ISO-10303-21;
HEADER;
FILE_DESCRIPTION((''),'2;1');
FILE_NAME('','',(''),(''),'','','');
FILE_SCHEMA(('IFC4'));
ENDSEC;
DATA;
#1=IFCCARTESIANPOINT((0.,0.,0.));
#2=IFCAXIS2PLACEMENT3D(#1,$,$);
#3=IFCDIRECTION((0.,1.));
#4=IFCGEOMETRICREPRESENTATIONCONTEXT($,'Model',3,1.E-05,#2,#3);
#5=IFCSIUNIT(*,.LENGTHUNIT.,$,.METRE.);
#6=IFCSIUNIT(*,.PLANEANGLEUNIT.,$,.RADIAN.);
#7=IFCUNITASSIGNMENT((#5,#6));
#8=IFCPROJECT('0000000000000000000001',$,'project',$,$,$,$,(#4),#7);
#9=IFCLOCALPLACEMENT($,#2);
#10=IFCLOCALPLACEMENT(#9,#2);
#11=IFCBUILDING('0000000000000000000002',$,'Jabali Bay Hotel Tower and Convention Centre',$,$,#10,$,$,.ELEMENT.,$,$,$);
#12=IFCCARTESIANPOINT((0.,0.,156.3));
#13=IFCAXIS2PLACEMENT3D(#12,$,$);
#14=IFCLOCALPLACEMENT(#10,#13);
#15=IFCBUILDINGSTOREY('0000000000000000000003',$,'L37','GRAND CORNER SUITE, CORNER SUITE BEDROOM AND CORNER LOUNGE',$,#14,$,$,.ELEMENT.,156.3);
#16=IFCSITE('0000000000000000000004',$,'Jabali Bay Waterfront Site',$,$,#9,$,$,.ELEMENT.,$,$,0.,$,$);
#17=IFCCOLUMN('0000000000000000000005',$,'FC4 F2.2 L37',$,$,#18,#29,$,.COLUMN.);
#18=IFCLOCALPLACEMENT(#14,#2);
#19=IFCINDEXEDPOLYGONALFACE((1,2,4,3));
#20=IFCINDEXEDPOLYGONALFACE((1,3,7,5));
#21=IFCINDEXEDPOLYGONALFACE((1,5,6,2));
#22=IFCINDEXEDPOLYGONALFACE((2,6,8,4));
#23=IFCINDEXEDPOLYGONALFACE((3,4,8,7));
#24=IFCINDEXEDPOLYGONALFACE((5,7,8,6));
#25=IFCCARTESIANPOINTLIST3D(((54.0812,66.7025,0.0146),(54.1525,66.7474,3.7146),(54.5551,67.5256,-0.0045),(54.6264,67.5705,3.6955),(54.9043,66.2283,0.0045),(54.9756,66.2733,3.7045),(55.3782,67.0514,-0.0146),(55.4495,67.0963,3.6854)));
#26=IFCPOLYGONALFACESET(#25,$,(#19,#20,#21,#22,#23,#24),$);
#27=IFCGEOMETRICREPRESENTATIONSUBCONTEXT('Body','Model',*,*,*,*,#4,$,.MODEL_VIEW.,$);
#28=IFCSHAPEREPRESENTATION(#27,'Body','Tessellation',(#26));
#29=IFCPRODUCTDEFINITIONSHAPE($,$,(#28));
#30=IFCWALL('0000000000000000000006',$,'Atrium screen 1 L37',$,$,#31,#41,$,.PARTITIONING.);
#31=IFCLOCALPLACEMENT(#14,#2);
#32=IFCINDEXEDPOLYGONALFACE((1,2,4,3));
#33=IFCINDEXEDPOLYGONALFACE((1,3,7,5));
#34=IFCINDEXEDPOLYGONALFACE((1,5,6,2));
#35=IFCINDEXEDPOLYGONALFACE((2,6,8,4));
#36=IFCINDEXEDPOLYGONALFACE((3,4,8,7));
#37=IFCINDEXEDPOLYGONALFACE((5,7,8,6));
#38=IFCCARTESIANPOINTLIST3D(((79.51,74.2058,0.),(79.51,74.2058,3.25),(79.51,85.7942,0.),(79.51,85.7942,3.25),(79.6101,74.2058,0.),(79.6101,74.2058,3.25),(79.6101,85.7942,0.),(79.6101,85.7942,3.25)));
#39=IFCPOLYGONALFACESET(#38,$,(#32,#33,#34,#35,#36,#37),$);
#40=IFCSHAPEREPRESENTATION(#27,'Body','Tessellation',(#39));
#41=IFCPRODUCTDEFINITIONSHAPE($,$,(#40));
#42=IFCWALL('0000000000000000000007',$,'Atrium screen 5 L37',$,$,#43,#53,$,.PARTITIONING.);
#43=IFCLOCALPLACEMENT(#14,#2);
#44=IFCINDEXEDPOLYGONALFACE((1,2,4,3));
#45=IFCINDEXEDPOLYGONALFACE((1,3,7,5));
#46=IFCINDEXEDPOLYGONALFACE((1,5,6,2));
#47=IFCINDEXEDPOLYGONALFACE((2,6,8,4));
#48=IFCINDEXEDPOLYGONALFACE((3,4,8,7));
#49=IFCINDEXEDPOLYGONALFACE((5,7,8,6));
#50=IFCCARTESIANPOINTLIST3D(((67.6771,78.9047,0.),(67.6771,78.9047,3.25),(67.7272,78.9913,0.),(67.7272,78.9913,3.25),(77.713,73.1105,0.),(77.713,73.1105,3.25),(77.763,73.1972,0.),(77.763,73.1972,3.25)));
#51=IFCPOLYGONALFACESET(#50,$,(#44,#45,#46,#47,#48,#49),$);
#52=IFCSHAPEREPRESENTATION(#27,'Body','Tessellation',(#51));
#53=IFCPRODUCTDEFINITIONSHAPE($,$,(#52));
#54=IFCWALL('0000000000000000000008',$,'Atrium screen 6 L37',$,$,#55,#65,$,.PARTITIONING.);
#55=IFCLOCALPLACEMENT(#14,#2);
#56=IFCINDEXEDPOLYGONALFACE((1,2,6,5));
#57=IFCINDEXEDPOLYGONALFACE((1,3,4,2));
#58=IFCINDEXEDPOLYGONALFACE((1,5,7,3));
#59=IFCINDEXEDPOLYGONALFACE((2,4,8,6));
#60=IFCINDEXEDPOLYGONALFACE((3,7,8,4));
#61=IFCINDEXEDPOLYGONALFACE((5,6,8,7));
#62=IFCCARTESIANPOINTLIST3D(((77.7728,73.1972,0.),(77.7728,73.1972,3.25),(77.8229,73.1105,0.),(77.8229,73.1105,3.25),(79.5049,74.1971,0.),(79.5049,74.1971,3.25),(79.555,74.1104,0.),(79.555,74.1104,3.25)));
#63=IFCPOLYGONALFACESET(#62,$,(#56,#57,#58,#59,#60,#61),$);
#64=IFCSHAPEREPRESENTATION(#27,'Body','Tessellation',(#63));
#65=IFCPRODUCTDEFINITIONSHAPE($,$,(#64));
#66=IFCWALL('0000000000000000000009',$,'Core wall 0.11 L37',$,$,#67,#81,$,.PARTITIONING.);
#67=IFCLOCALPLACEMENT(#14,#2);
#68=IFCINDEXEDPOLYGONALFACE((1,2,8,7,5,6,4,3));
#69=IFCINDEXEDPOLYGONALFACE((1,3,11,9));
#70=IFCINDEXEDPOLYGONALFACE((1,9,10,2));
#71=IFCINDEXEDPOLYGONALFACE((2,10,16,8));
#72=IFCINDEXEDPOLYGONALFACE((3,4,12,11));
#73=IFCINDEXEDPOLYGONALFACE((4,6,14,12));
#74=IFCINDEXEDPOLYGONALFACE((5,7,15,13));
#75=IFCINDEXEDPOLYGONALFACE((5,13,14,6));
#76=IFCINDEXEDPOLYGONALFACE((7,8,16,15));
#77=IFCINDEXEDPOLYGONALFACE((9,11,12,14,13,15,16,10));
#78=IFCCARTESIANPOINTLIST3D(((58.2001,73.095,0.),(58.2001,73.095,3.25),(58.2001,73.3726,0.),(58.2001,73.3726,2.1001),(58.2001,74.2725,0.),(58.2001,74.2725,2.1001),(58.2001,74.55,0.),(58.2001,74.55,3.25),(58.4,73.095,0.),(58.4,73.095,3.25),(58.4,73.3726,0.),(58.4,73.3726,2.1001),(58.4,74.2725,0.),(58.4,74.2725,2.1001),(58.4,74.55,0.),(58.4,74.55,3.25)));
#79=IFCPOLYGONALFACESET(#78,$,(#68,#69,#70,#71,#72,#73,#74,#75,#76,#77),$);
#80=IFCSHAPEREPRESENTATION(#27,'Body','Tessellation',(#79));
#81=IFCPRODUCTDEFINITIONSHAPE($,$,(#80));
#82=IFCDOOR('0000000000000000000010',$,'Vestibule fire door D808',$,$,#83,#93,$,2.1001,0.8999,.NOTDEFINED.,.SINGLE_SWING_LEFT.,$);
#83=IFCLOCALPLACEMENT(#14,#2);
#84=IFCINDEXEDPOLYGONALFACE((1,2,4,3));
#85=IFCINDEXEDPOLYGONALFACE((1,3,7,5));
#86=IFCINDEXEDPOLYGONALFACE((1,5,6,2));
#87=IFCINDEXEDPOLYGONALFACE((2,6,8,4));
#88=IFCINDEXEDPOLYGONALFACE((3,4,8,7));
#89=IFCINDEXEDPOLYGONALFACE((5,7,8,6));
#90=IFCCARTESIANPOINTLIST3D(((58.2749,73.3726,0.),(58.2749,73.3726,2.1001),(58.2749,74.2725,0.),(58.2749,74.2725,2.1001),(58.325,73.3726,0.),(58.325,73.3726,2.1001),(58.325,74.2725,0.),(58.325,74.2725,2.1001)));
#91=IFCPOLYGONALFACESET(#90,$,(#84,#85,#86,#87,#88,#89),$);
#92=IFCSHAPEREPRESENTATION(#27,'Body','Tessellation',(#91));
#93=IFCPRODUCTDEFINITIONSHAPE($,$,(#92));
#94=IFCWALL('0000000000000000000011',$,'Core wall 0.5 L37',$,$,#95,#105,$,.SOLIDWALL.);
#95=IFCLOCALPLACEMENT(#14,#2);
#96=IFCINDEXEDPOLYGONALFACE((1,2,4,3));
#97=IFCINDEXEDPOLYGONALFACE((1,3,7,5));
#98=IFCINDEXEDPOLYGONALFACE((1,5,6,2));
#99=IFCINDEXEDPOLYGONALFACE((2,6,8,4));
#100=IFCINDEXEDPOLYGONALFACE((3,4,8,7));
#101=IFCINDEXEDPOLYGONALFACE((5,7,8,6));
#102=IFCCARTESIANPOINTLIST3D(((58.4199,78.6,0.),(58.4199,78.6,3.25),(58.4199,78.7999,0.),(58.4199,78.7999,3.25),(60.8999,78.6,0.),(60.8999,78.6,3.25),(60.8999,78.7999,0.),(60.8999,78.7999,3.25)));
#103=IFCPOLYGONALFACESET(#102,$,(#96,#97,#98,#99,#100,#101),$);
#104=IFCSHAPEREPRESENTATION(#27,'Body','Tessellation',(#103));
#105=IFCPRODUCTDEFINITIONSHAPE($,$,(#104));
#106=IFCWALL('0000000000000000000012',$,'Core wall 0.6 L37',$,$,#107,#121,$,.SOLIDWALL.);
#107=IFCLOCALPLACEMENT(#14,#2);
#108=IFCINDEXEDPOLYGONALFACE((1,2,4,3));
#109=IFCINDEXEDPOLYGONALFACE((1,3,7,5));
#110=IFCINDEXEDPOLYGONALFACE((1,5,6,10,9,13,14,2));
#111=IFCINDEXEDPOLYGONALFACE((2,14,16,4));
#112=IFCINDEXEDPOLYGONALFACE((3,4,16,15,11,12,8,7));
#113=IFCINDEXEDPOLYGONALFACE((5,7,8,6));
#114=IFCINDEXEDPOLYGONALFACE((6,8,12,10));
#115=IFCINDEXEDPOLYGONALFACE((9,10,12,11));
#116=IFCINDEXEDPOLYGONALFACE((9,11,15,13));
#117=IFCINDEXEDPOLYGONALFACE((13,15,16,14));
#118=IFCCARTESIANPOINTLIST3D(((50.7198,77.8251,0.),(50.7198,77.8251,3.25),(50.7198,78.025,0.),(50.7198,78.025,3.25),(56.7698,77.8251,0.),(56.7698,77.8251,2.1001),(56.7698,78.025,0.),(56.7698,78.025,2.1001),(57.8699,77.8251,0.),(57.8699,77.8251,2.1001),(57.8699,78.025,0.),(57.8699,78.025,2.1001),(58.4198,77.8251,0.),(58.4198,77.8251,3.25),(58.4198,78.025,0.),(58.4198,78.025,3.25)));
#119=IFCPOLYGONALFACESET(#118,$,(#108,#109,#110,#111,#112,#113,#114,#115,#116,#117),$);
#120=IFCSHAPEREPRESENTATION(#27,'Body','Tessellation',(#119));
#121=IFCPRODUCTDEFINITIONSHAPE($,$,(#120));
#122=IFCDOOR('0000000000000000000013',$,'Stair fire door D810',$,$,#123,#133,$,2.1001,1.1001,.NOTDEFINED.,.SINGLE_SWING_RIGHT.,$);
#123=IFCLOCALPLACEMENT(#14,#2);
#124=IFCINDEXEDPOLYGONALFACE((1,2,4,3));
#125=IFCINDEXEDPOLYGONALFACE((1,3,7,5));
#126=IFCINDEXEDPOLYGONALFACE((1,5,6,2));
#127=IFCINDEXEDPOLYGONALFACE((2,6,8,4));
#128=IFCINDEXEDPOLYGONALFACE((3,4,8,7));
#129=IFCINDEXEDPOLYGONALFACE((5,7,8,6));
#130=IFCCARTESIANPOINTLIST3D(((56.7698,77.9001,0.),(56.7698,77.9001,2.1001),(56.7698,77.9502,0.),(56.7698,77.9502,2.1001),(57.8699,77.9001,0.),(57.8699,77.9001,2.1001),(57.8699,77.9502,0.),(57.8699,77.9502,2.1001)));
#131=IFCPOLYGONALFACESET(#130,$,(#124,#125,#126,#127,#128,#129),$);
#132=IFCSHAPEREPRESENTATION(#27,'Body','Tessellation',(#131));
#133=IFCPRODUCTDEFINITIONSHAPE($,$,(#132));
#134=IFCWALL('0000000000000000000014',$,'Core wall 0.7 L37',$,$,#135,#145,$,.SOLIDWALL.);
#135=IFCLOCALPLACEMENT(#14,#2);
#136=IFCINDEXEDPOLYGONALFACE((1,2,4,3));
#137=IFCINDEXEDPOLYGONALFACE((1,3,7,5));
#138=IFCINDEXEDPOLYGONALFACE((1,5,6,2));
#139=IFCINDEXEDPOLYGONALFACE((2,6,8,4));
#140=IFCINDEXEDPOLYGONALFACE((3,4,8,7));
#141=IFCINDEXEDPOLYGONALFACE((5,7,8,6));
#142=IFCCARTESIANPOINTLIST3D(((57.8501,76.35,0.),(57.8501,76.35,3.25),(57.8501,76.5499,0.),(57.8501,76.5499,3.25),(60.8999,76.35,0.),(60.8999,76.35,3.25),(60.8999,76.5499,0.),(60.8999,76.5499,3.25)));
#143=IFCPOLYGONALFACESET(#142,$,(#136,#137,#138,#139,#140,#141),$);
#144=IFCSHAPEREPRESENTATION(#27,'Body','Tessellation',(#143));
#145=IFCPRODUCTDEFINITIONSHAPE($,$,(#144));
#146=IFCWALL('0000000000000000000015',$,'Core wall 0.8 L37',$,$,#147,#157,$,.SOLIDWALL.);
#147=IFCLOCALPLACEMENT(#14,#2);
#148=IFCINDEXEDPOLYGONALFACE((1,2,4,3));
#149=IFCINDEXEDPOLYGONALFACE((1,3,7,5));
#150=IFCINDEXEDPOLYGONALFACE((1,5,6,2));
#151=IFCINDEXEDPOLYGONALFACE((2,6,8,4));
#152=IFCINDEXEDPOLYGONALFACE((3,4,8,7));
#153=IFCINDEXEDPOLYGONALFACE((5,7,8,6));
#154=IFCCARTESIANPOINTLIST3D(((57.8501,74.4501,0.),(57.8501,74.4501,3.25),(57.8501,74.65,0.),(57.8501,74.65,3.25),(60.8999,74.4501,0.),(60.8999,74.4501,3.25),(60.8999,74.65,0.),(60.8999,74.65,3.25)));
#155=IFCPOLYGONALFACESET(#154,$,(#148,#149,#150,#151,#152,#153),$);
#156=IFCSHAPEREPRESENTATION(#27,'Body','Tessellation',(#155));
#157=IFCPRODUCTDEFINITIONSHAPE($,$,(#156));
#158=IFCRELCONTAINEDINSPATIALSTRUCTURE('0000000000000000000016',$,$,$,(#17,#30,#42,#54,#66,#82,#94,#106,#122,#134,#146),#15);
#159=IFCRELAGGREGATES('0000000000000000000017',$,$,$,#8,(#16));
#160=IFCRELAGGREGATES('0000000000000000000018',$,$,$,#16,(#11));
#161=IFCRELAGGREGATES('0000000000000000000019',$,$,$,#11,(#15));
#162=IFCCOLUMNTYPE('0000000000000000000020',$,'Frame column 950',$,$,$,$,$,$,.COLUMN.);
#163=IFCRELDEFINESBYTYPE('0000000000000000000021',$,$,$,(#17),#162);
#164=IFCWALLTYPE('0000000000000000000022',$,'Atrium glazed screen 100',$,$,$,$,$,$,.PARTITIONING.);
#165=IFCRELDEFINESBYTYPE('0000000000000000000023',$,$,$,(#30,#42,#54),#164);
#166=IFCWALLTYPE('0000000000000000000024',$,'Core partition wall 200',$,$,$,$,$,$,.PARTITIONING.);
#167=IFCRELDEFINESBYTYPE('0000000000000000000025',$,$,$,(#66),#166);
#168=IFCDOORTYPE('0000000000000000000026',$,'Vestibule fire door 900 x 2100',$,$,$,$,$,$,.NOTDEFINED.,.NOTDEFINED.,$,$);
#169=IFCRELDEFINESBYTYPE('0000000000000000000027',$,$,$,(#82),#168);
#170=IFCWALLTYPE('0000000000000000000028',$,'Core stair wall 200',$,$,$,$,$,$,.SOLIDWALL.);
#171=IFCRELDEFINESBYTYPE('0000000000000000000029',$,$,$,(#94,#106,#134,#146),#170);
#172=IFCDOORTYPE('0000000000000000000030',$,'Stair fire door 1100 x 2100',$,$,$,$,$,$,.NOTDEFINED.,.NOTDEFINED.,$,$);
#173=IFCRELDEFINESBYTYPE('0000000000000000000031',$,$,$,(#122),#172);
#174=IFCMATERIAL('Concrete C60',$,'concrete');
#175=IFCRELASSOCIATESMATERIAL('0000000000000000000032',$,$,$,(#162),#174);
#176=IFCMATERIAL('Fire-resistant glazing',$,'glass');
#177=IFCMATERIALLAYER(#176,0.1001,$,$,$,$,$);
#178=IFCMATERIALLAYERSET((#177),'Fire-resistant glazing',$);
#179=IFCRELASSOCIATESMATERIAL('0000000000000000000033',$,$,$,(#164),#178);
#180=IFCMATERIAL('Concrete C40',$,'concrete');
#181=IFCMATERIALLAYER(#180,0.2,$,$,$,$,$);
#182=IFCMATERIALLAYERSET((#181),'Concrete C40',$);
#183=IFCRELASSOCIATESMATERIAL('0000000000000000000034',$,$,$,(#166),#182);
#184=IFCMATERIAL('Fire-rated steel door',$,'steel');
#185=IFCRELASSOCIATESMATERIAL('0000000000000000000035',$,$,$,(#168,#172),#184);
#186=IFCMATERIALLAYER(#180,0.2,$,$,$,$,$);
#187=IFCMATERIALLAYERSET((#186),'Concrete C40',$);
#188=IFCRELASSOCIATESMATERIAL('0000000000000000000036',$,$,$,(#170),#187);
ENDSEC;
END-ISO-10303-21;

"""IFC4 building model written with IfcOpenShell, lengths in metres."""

from ifc_helpers import new_model, si_unit, direction, frame, frame_2d, origin, origin_2d, place, context, subcontext, project, spatial, rectangle, extrude, material, layer, layer_set, material_profile, profile_set, type_object, element, fill, save


model = new_model("IFC4")

# Units and contexts
model_context = context("Model", 3, precision=1e-05, world=origin(), true_north=direction((0.0, 1.0)))
body_context = subcontext(model_context, "Body", "Model", "MODEL_VIEW")
ifc_project = project(units=[si_unit("LENGTHUNIT", "METRE"), si_unit("PLANEANGLEUNIT", "RADIAN")], contexts=[model_context])

# Site, building, storey
site_placement = place(None, origin())
site = spatial("IfcSite", under=ifc_project, at=site_placement, Name="Jabali Bay Waterfront Site", CompositionType="ELEMENT", RefElevation=0.0)
building_placement = place(site_placement, origin())
building = spatial("IfcBuilding", under=site, at=building_placement, Name="Jabali Bay Hotel Tower and Convention Centre", CompositionType="ELEMENT")
storey_placement = place(building_placement, frame((0.0, 0.0, 156.3)))
storey = spatial("IfcBuildingStorey", under=building, at=storey_placement, Name="L37", Description="GRAND CORNER SUITE, CORNER SUITE BEDROOM AND CORNER LOUNGE", CompositionType="ELEMENT", Elevation=156.3)

# Column
ifc_material_1 = material(Name="Concrete C60", Category="concrete")
ifc_material_profile = material_profile(ifc_material_1, rectangle(XDim=0.95, YDim=0.95, at=origin_2d()), Name="Frame column 950")
ifc_profile_set = profile_set([ifc_material_profile], Name="Concrete C60")
column_type = type_object("IfcColumnType", Name="Frame column 950", PredefinedType="COLUMN", material=ifc_profile_set)
column_placement = place(storey_placement, frame((54.7297, 66.877, 0.0), z_axis=(0.019263, 0.012138, 0.999741), x_axis=(-0.866465, 0.499125, 0.010635)))
element("IfcColumn", 1, at=column_placement, inside=storey, type_object=column_type, Name="FC4 F2.2 L37", PredefinedType="COLUMN", context=body_context, shape_type="SweptSolid", body=[
    extrude(rectangle(XDim=0.95, YDim=0.95, at=origin_2d()), origin(), (0.0, 0.0, 1.0), 3.7009),
])

# Walls
ifc_material_2 = material(Name="Fire-resistant glazing", Category="glass")
ifc_layer_1 = layer(ifc_material_2, 0.1001)
ifc_layer_set_1 = layer_set([ifc_layer_1], Name="Fire-resistant glazing")
wall_type_1 = type_object("IfcWallType", Name="Atrium glazed screen 100", PredefinedType="PARTITIONING", material=ifc_layer_set_1)
for number, where, z_axis, x_axis, name in (
    (2, (79.5601, 74.2058, 0.0), (0.0, 0.0, 1.0), (0.0, 1.0, 0.0), "Atrium screen 1 L37"),
    (3, (67.7021, 78.948, 0.0), (0.0, 0.0, 1.0), (0.866027, -0.499998, 0.0), "Atrium screen 5 L37"),
):
    element("IfcWall", number, at=place(storey_placement, frame(where, z_axis=z_axis, x_axis=x_axis)), inside=storey, type_object=wall_type_1, Name=name, PredefinedType="PARTITIONING", context=body_context, shape_type="SweptSolid", body=[
        extrude(rectangle(XDim=11.5884, YDim=0.1001, at=frame_2d((5.7942, 0.0))), origin(), (0.0, 0.0, 1.0), 3.25),
    ])
wall_1_placement = place(storey_placement, frame((77.7979, 73.1538, 0.0), z_axis=(0.0, 0.0, 1.0), x_axis=(0.866041, 0.499973, 0.0)))
element("IfcWall", 4, at=wall_1_placement, inside=storey, type_object=wall_type_1, Name="Atrium screen 6 L37", PredefinedType="PARTITIONING", context=body_context, shape_type="SweptSolid", body=[
    extrude(rectangle(XDim=2.0, YDim=0.1001, at=frame_2d((1.0, 0.0))), origin(), (0.0, 0.0, 1.0), 3.25),
])

# Wall, opening, door
ifc_material_3 = material(Name="Concrete C40", Category="concrete")
ifc_layer_2 = layer(ifc_material_3, 0.2)
ifc_layer_set_2 = layer_set([ifc_layer_2], Name="Concrete C40")
wall_type_2 = type_object("IfcWallType", Name="Core partition wall 200", PredefinedType="PARTITIONING", material=ifc_layer_set_2)
wall_2_placement = place(storey_placement, frame((58.3, 74.55, 0.0), z_axis=(0.0, 0.0, 1.0), x_axis=(0.0, -1.0, 0.0)))
wall_2 = element("IfcWall", 5, at=wall_2_placement, inside=storey, type_object=wall_type_2, Name="Core wall 0.11 L37", PredefinedType="PARTITIONING", context=body_context, shape_type="SweptSolid", body=[
    extrude(rectangle(XDim=1.4551, YDim=0.2, at=frame_2d((0.7275, 0.0))), origin(), (0.0, 0.0, 1.0), 3.25),
])
opening_1_placement = place(wall_2_placement, frame((0.2776, 0.0, 0.0)))
opening_1 = element("IfcOpeningElement", 6, at=opening_1_placement, cuts=wall_2, PredefinedType="OPENING", context=body_context, shape_type="SweptSolid", body=[
    extrude(rectangle(XDim=0.8999, YDim=2.1001, at=frame_2d((0.45, 1.05))), frame((0.0, 0.1104, 0.0), z_axis=(0.0, -1.0, 0.0), x_axis=(1.0, 0.0, 0.0)), (0.0, 0.0, 1.0), 0.2209),
])
ifc_material_4 = material(Name="Fire-rated steel door", Category="steel")
door_type_1 = type_object("IfcDoorType", Name="Vestibule fire door 900 x 2100", OperationType="NOTDEFINED", PredefinedType="NOTDEFINED", material=ifc_material_4)
door_1_placement = place(opening_1_placement, origin())
door_1 = element("IfcDoor", 7, at=door_1_placement, inside=storey, type_object=door_type_1, Name="Vestibule fire door D808", OperationType="SINGLE_SWING_LEFT", OverallHeight=2.1001, OverallWidth=0.8999, PredefinedType="NOTDEFINED", context=body_context, shape_type="SweptSolid", body=[
    extrude(rectangle(XDim=0.8999, YDim=2.1001, at=frame_2d((0.45, 1.05))), frame((0.0, 0.0249, 0.0), z_axis=(0.0, -1.0, 0.0), x_axis=(1.0, 0.0, 0.0)), (0.0, 0.0, 1.0), 0.05),
])
fill(opening_1, door_1)

# Wall
ifc_layer_3 = layer(ifc_material_3, 0.2)
ifc_layer_set_3 = layer_set([ifc_layer_3], Name="Concrete C40")
wall_type_3 = type_object("IfcWallType", Name="Core stair wall 200", PredefinedType="SOLIDWALL", material=ifc_layer_set_3)
wall_3_placement = place(storey_placement, frame((60.8999, 78.7, 0.0), z_axis=(0.0, 0.0, 1.0), x_axis=(-1.0, 0.0, 0.0)))
element("IfcWall", 8, at=wall_3_placement, inside=storey, type_object=wall_type_3, Name="Core wall 0.5 L37", PredefinedType="SOLIDWALL", context=body_context, shape_type="SweptSolid", body=[
    extrude(rectangle(XDim=2.48, YDim=0.2, at=frame_2d((1.24, 0.0))), origin(), (0.0, 0.0, 1.0), 3.25),
])

# Wall, opening, door
wall_4_placement = place(storey_placement, frame((58.4199, 77.925, 0.0), z_axis=(0.0, 0.0, 1.0), x_axis=(-1.0, 0.0, 0.0)))
wall_4 = element("IfcWall", 9, at=wall_4_placement, inside=storey, type_object=wall_type_3, Name="Core wall 0.6 L37", PredefinedType="SOLIDWALL", context=body_context, shape_type="SweptSolid", body=[
    extrude(rectangle(XDim=7.7, YDim=0.2, at=frame_2d((3.8501, 0.0))), origin(), (0.0, 0.0, 1.0), 3.25),
])
opening_2_placement = place(wall_4_placement, frame((0.55, 0.0, 0.0)))
opening_2 = element("IfcOpeningElement", 10, at=opening_2_placement, cuts=wall_4, PredefinedType="OPENING", context=body_context, shape_type="SweptSolid", body=[
    extrude(rectangle(XDim=1.1001, YDim=2.1001, at=frame_2d((0.55, 1.05))), frame((0.0, 0.1104, 0.0), z_axis=(0.0, -1.0, 0.0), x_axis=(1.0, 0.0, 0.0)), (0.0, 0.0, 1.0), 0.2209),
])
door_type_2 = type_object("IfcDoorType", Name="Stair fire door 1100 x 2100", OperationType="NOTDEFINED", PredefinedType="NOTDEFINED", material=ifc_material_4)
door_2_placement = place(opening_2_placement, origin())
door_2 = element("IfcDoor", 11, at=door_2_placement, inside=storey, type_object=door_type_2, Name="Stair fire door D810", OperationType="SINGLE_SWING_RIGHT", OverallHeight=2.1001, OverallWidth=1.1001, PredefinedType="NOTDEFINED", context=body_context, shape_type="SweptSolid", body=[
    extrude(rectangle(XDim=1.1001, YDim=2.1001, at=frame_2d((0.55, 1.05))), frame((0.0, 0.0249, 0.0), z_axis=(0.0, -1.0, 0.0), x_axis=(1.0, 0.0, 0.0)), (0.0, 0.0, 1.0), 0.05),
])
fill(opening_2, door_2)

# Walls
for number, where, z_axis, x_axis, name in (
    (12, (60.8999, 76.45, 0.0), (0.0, 0.0, 1.0), (-1.0, 0.0, 0.0), "Core wall 0.7 L37"),
    (13, (60.8999, 74.55, 0.0), (0.0, 0.0, 1.0), (-1.0, 0.0, 0.0), "Core wall 0.8 L37"),
):
    element("IfcWall", number, at=place(storey_placement, frame(where, z_axis=z_axis, x_axis=x_axis)), inside=storey, type_object=wall_type_3, Name=name, PredefinedType="SOLIDWALL", context=body_context, shape_type="SweptSolid", body=[
        extrude(rectangle(XDim=3.0498, YDim=0.2, at=frame_2d((1.5249, 0.0))), origin(), (0.0, 0.0, 1.0), 3.25),
    ])

save(model, "model.ifc")
